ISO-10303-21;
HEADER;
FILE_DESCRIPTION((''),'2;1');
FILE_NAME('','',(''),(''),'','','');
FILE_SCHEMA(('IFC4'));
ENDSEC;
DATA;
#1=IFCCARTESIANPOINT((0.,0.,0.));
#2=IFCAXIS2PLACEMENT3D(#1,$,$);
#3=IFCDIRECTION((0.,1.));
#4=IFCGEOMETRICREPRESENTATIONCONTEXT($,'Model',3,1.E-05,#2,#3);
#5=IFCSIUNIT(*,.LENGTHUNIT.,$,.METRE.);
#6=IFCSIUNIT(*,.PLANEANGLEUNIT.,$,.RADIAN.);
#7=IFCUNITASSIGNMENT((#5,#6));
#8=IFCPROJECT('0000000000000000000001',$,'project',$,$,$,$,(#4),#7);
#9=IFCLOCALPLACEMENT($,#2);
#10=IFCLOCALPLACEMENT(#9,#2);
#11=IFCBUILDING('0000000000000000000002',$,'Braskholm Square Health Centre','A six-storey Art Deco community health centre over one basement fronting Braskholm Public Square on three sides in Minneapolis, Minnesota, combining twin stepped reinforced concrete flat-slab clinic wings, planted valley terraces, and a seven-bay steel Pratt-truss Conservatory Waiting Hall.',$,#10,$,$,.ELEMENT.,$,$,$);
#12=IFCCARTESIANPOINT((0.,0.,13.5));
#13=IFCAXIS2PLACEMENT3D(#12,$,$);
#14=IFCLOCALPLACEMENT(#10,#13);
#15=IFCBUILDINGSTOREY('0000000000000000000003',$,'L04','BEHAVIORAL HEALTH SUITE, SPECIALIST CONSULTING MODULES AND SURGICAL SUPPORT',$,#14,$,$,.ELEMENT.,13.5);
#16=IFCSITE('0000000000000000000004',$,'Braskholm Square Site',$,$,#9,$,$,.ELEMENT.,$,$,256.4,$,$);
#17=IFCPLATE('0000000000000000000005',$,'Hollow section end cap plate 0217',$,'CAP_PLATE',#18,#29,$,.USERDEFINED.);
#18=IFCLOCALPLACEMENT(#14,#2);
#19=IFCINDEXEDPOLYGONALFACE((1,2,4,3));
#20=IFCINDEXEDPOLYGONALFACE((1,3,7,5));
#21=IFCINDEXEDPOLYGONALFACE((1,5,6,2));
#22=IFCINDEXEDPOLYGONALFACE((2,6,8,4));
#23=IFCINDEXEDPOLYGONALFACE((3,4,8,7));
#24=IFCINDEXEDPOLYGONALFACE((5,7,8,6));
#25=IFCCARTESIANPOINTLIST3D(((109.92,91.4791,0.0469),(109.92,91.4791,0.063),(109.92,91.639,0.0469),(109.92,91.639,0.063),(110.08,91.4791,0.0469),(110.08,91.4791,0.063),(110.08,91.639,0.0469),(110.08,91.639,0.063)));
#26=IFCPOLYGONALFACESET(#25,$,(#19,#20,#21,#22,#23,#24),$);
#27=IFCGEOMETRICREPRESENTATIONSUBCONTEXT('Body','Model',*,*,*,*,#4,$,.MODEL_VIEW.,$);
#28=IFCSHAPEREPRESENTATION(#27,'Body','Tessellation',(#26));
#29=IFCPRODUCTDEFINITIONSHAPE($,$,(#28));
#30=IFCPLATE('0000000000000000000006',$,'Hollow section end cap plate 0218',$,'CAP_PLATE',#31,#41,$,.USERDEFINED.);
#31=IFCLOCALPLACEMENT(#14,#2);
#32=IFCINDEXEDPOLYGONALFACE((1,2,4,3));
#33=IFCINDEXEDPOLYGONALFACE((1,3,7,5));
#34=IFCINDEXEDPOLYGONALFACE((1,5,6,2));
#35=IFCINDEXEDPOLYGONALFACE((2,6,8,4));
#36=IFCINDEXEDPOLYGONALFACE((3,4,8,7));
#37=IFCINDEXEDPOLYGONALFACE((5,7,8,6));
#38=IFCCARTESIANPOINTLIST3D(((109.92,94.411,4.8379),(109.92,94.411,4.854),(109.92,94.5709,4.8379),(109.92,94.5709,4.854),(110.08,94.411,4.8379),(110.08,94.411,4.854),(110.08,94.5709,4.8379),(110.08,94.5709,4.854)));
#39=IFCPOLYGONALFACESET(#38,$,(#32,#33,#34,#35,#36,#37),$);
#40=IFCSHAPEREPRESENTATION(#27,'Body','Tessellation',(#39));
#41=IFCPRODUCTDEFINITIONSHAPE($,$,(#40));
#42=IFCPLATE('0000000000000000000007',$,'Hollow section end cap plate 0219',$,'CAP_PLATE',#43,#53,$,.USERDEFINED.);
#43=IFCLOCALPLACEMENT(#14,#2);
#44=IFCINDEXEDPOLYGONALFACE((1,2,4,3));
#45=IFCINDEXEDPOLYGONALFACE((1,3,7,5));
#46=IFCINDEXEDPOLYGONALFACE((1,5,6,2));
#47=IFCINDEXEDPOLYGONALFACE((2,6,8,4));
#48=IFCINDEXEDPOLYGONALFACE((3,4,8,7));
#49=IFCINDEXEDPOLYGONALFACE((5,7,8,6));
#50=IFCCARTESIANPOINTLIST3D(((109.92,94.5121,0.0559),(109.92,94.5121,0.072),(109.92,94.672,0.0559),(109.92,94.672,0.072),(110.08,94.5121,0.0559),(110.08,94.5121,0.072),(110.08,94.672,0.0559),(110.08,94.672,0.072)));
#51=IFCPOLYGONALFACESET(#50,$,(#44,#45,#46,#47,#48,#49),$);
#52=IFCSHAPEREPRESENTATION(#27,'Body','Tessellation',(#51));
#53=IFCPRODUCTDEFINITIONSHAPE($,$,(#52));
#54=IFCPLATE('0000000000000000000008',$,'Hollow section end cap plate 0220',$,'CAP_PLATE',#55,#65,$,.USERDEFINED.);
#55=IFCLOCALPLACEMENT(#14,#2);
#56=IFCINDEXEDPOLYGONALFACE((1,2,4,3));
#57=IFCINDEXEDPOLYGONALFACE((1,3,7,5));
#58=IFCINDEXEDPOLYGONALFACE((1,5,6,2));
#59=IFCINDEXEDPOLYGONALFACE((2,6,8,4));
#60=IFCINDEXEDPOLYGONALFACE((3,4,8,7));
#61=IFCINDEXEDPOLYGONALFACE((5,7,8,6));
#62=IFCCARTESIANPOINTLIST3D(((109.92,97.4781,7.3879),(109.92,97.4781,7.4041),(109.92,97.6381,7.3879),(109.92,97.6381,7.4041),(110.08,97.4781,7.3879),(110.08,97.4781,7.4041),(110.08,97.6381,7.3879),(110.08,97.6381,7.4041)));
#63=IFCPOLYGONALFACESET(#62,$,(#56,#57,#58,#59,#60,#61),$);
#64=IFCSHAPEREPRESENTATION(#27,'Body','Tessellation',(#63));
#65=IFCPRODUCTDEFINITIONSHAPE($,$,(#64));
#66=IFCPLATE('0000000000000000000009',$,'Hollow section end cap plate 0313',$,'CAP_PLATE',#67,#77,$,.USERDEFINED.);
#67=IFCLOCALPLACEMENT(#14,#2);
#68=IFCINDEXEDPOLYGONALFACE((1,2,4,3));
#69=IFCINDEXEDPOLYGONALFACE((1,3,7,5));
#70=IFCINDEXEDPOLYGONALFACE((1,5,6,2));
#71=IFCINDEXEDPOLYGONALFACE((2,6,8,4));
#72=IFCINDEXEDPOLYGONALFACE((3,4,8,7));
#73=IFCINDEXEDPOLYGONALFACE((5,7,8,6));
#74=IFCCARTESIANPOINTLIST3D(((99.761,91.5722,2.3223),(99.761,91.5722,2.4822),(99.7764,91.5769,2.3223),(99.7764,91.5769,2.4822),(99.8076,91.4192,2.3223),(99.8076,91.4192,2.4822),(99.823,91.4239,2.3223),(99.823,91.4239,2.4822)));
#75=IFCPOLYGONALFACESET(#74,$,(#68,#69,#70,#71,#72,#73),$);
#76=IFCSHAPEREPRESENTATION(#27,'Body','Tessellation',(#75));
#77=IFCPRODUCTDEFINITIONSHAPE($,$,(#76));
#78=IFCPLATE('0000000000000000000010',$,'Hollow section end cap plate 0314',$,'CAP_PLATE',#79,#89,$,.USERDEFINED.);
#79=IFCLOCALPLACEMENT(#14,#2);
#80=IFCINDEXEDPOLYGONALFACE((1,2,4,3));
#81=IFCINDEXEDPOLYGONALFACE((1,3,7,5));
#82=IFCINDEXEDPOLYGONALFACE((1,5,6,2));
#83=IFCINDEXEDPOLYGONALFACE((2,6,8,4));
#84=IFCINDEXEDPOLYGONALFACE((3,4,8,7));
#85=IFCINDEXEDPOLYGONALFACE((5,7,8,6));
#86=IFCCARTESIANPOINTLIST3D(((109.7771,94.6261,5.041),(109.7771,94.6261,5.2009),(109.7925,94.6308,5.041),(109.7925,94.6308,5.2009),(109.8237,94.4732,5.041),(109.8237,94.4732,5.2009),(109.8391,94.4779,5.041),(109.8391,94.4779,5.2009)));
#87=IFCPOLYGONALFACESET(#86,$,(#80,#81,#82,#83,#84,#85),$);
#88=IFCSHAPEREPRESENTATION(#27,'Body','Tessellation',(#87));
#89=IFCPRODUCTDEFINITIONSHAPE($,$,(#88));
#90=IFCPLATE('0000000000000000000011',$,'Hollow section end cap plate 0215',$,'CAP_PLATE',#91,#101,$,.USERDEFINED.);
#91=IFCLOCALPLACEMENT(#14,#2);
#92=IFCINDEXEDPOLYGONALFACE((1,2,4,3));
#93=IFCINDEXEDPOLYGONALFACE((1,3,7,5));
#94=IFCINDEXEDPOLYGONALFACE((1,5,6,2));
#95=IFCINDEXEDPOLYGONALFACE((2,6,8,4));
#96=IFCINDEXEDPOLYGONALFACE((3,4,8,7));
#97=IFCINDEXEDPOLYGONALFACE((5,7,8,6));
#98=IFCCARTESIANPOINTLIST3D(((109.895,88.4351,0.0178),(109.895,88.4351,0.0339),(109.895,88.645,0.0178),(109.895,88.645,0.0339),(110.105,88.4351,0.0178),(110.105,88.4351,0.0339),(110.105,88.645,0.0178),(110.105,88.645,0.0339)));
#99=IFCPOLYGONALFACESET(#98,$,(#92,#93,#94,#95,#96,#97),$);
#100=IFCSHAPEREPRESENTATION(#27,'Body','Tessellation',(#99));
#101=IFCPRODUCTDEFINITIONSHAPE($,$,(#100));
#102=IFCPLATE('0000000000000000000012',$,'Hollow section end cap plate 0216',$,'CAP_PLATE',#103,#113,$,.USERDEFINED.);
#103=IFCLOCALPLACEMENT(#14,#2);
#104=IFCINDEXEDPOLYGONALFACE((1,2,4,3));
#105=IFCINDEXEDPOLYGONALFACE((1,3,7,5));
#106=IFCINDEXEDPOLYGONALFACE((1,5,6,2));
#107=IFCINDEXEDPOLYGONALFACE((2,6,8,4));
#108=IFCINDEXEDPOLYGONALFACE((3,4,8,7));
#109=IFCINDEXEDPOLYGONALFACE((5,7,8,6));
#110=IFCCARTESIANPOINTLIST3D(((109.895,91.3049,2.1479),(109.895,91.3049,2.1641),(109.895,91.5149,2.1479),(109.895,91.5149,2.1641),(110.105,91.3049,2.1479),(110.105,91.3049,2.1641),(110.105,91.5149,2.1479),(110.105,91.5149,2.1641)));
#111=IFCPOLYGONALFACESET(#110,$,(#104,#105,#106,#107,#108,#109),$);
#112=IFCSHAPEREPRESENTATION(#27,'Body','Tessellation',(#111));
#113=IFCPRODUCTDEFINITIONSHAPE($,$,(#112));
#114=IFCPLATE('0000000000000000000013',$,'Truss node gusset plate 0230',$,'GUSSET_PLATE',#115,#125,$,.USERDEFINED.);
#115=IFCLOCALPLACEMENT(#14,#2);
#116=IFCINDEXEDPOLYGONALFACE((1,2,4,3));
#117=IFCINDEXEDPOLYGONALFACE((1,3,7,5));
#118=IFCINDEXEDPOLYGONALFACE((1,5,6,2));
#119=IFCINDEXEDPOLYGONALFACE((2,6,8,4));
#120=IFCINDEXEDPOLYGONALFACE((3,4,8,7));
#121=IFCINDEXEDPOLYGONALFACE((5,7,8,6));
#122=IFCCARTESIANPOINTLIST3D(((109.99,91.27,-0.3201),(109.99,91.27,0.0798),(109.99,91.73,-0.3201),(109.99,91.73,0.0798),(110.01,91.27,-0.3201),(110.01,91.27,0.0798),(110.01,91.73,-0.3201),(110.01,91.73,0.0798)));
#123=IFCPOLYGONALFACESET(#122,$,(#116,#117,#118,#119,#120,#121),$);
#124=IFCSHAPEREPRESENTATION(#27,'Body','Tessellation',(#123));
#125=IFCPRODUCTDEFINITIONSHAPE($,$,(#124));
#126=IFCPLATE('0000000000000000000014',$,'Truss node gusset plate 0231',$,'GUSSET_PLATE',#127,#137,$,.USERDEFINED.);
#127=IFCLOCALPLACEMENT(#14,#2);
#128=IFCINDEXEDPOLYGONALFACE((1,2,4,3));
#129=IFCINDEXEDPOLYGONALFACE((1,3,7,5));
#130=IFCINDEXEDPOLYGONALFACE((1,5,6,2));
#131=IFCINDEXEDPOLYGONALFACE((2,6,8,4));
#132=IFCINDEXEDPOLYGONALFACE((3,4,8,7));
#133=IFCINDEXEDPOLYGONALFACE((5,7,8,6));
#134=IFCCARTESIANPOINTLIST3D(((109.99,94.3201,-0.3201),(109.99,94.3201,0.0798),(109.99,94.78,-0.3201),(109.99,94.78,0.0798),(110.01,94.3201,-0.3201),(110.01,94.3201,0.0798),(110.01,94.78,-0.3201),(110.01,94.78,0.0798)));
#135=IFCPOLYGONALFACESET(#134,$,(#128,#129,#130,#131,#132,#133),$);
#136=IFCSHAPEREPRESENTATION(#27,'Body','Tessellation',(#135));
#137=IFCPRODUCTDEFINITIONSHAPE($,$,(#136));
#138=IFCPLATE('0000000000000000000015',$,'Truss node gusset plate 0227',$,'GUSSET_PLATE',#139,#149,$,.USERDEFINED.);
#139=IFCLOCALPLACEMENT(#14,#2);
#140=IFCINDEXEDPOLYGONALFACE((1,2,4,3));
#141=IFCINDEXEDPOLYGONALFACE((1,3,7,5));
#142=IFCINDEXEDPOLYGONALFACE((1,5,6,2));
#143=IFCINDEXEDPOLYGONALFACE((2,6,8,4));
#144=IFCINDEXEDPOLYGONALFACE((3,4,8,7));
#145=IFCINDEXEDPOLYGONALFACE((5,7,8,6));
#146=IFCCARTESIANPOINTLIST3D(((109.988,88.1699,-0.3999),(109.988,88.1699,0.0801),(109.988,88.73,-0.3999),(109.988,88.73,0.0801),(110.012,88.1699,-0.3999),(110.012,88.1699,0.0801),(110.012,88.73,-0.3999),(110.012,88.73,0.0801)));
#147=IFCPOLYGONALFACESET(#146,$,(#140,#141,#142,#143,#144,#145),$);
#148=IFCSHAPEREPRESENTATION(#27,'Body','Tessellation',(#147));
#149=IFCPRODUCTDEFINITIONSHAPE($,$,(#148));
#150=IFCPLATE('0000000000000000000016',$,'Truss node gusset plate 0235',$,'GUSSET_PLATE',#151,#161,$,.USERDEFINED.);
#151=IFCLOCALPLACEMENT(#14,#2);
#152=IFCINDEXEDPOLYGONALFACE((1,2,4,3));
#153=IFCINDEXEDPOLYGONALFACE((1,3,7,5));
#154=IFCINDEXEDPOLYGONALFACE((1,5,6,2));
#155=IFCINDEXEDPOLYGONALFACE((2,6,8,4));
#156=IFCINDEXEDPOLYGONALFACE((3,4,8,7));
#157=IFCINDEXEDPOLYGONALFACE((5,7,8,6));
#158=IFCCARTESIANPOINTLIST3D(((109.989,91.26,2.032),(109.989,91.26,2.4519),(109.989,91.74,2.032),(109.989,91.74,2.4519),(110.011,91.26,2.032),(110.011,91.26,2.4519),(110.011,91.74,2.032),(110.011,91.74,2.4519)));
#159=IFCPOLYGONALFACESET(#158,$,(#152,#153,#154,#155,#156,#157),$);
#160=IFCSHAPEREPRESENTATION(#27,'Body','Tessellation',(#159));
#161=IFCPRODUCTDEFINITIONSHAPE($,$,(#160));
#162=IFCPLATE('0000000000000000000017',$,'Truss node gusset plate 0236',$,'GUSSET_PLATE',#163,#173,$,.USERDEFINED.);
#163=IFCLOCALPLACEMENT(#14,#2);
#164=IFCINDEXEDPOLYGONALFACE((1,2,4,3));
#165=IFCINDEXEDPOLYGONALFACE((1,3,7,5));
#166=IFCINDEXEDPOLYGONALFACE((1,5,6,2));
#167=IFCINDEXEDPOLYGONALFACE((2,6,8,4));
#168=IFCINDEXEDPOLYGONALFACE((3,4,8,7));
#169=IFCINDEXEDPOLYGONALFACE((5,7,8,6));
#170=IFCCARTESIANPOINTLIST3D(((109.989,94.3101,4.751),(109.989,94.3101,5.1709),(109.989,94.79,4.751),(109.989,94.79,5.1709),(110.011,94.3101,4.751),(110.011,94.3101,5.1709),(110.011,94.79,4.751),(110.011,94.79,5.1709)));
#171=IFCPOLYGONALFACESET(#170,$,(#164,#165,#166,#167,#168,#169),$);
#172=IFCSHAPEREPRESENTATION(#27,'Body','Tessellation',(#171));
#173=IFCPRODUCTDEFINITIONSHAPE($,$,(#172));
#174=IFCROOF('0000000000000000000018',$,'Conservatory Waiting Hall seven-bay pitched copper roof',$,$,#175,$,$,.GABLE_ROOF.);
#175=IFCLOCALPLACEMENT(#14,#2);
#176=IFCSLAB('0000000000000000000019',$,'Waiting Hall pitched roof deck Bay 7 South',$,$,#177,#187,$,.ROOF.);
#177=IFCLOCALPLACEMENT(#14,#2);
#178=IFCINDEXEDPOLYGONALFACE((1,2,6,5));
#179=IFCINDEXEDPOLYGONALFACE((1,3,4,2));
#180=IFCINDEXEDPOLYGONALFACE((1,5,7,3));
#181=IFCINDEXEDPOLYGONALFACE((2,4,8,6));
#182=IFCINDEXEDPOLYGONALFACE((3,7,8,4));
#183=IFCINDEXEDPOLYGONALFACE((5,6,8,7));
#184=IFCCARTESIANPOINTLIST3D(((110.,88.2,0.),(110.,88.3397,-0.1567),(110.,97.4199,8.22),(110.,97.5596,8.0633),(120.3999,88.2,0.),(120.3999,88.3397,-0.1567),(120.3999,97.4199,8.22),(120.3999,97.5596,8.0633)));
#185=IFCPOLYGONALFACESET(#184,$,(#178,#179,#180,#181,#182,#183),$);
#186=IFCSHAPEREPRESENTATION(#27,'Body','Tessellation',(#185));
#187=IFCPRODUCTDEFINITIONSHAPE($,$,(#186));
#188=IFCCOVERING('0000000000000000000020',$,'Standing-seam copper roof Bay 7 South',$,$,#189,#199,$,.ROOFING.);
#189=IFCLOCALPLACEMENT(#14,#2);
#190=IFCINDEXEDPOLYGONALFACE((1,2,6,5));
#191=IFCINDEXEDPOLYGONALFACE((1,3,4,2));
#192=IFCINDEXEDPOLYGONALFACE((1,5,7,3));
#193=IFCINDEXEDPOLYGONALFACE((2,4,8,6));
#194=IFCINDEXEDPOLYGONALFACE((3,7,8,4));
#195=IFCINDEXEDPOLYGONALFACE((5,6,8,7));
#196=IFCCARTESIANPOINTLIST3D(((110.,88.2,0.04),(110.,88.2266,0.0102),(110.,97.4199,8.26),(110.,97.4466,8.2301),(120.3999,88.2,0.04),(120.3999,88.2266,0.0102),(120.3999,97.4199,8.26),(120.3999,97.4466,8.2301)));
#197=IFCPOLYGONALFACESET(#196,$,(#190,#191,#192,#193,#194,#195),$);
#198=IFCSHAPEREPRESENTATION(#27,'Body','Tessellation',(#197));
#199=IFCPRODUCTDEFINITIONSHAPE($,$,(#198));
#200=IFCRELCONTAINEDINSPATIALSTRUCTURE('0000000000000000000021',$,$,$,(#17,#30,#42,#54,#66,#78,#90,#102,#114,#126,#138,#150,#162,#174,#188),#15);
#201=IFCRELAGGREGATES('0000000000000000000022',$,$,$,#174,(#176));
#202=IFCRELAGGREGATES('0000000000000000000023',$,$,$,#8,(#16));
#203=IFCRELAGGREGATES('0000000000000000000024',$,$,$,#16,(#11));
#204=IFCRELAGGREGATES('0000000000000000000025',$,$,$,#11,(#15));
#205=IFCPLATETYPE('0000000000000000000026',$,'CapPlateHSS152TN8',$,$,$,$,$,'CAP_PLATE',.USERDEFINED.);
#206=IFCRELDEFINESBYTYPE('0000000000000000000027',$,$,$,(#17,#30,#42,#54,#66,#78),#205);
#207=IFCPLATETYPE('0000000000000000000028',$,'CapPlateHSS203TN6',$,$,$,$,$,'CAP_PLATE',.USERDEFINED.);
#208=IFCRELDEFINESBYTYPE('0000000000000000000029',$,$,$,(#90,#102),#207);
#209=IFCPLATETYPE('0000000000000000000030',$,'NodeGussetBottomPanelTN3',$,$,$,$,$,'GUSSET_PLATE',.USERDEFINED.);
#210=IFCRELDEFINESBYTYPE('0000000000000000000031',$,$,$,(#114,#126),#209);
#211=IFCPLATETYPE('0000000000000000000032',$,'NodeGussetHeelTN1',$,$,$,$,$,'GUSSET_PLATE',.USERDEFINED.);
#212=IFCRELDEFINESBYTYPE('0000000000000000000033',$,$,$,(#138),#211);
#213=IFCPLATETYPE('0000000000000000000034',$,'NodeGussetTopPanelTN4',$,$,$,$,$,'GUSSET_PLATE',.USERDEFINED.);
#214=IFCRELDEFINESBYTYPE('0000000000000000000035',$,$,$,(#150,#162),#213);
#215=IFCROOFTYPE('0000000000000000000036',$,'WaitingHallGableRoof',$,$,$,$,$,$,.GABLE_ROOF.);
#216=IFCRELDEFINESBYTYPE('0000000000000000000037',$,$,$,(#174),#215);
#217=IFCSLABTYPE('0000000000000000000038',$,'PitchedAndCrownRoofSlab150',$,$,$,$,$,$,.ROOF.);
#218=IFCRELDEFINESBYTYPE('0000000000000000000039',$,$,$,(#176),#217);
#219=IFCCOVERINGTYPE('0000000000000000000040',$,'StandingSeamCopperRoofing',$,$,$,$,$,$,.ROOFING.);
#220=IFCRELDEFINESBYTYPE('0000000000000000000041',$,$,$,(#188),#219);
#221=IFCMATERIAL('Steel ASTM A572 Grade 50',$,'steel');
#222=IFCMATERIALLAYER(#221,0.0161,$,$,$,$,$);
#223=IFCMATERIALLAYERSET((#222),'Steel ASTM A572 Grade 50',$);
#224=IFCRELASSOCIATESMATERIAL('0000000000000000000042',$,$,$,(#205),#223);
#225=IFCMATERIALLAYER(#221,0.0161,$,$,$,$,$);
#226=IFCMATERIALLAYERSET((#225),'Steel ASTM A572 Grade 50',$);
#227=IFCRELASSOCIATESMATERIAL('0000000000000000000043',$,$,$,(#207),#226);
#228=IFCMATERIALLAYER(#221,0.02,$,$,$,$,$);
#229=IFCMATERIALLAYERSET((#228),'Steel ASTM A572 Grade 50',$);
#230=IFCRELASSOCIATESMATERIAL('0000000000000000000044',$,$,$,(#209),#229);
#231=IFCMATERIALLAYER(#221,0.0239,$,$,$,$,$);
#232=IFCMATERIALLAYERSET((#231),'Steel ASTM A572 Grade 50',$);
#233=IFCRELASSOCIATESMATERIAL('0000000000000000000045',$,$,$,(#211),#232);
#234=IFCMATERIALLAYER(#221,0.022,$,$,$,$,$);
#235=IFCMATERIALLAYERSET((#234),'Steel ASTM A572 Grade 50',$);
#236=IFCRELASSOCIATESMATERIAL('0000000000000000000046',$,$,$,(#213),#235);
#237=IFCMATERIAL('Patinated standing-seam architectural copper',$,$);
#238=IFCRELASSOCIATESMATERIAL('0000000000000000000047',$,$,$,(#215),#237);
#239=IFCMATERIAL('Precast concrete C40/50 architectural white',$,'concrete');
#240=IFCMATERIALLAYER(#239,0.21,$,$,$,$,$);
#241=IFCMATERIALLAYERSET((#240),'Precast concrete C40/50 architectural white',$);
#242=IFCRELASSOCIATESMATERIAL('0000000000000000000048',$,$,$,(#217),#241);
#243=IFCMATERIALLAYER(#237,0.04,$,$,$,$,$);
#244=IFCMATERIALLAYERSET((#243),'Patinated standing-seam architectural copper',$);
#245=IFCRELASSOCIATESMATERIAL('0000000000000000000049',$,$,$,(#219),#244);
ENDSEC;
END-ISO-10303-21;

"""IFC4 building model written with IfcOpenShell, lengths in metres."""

from ifc_helpers import new_model, si_unit, direction, frame, origin, origin_2d, place, context, subcontext, project, spatial, polyline, rectangle, outline, extrude, material, layer, layer_set, type_object, element, aggregate, save


model = new_model("IFC4")

# Units and contexts
model_context = context("Model", 3, precision=1e-05, world=origin(), true_north=direction((0.0, 1.0)))
body_context = subcontext(model_context, "Body", "Model", "MODEL_VIEW")
ifc_project = project(units=[si_unit("LENGTHUNIT", "METRE"), si_unit("PLANEANGLEUNIT", "RADIAN")], contexts=[model_context])

# Site, building, storey
site_placement = place(None, origin())
site = spatial("IfcSite", under=ifc_project, at=site_placement, Name="Braskholm Square Site", CompositionType="ELEMENT", RefElevation=256.4)
building_placement = place(site_placement, origin())
building = spatial("IfcBuilding", under=site, at=building_placement, Name="Braskholm Square Health Centre", Description="A six-storey Art Deco community health centre over one basement fronting Braskholm Public Square on three sides in Minneapolis, Minnesota, combining twin stepped reinforced concrete flat-slab clinic wings, planted valley terraces, and a seven-bay steel Pratt-truss Conservatory Waiting Hall.", CompositionType="ELEMENT")
storey_placement = place(building_placement, frame((0.0, 0.0, 13.5)))
storey = spatial("IfcBuildingStorey", under=building, at=storey_placement, Name="L04", Description="BEHAVIORAL HEALTH SUITE, SPECIALIST CONSULTING MODULES AND SURGICAL SUPPORT", CompositionType="ELEMENT", Elevation=13.5)

# Plates
ifc_material_1 = material(Name="Steel ASTM A572 Grade 50", Category="steel")
ifc_layer_1 = layer(ifc_material_1, 0.0161)
ifc_layer_set_1 = layer_set([ifc_layer_1], Name="Steel ASTM A572 Grade 50")
plate_type_1 = type_object("IfcPlateType", Name="CapPlateHSS152TN8", ElementType="CAP_PLATE", PredefinedType="USERDEFINED", material=ifc_layer_set_1)
for number, where, z_axis, x_axis, name in (
    (1, (110.0, 91.5591, 0.0469), (0.0, 0.0, 1.0), (1.0, 0.0, 0.0), "Hollow section end cap plate 0217"),
    (2, (110.0, 94.491, 4.8379), (0.0, 0.0, 1.0), (1.0, 0.0, 0.0), "Hollow section end cap plate 0218"),
    (3, (110.0, 94.592, 0.0559), (0.0, 0.0, 1.0), (1.0, 0.0, 0.0), "Hollow section end cap plate 0219"),
    (4, (110.0, 97.5581, 7.3879), (0.0, 0.0, 1.0), (1.0, 0.0, 0.0), "Hollow section end cap plate 0220"),
):
    element("IfcPlate", number, at=place(storey_placement, frame(where, z_axis=z_axis, x_axis=x_axis)), inside=storey, type_object=plate_type_1, Name=name, ObjectType="CAP_PLATE", PredefinedType="USERDEFINED", context=body_context, shape_type="SweptSolid", body=[
        extrude(rectangle(XDim=0.1599, YDim=0.1599, at=origin_2d()), origin(), (0.0, 0.0, 1.0), 0.0161),
    ])
for number, where, z_axis, x_axis, name in (
    (5, (99.792, 91.498, 2.3223), (0.0, 0.0, 1.0), (0.956498, 0.291737, 0.0), "Hollow section end cap plate 0313"),
    (6, (109.8081, 94.552, 5.041), (0.0, 0.0, 1.0), (0.956498, 0.291737, 0.0), "Hollow section end cap plate 0314"),
):
    element("IfcPlate", number, at=place(storey_placement, frame(where, z_axis=z_axis, x_axis=x_axis)), inside=storey, type_object=plate_type_1, Name=name, ObjectType="CAP_PLATE", PredefinedType="USERDEFINED", context=body_context, shape_type="SweptSolid", body=[
        extrude(rectangle(XDim=0.0161, YDim=0.1599, at=origin_2d()), origin(), (0.0, 0.0, 1.0), 0.1599),
    ])
ifc_layer_2 = layer(ifc_material_1, 0.0161)
ifc_layer_set_2 = layer_set([ifc_layer_2], Name="Steel ASTM A572 Grade 50")
plate_type_2 = type_object("IfcPlateType", Name="CapPlateHSS203TN6", ElementType="CAP_PLATE", PredefinedType="USERDEFINED", material=ifc_layer_set_2)
for number, where, z_axis, x_axis, name in (
    (7, (110.0, 88.54, 0.0178), (0.0, 0.0, 1.0), (1.0, 0.0, 0.0), "Hollow section end cap plate 0215"),
    (8, (110.0, 91.4099, 2.1479), (0.0, 0.0, 1.0), (1.0, 0.0, 0.0), "Hollow section end cap plate 0216"),
):
    element("IfcPlate", number, at=place(storey_placement, frame(where, z_axis=z_axis, x_axis=x_axis)), inside=storey, type_object=plate_type_2, Name=name, ObjectType="CAP_PLATE", PredefinedType="USERDEFINED", context=body_context, shape_type="SweptSolid", body=[
        extrude(rectangle(XDim=0.21, YDim=0.21, at=origin_2d()), origin(), (0.0, 0.0, 1.0), 0.0161),
    ])
ifc_layer_3 = layer(ifc_material_1, 0.02)
ifc_layer_set_3 = layer_set([ifc_layer_3], Name="Steel ASTM A572 Grade 50")
plate_type_3 = type_object("IfcPlateType", Name="NodeGussetBottomPanelTN3", ElementType="GUSSET_PLATE", PredefinedType="USERDEFINED", material=ifc_layer_set_3)
for number, where, z_axis, x_axis, name in (
    (9, (110.0, 91.5, -0.3201), (0.0, 0.0, 1.0), (1.0, 0.0, 0.0), "Truss node gusset plate 0230"),
    (10, (110.0, 94.55, -0.3201), (0.0, 0.0, 1.0), (1.0, 0.0, 0.0), "Truss node gusset plate 0231"),
):
    element("IfcPlate", number, at=place(storey_placement, frame(where, z_axis=z_axis, x_axis=x_axis)), inside=storey, type_object=plate_type_3, Name=name, ObjectType="GUSSET_PLATE", PredefinedType="USERDEFINED", context=body_context, shape_type="SweptSolid", body=[
        extrude(rectangle(XDim=0.02, YDim=0.46, at=origin_2d()), origin(), (0.0, 0.0, 1.0), 0.3999),
    ])
ifc_layer_4 = layer(ifc_material_1, 0.0239)
ifc_layer_set_4 = layer_set([ifc_layer_4], Name="Steel ASTM A572 Grade 50")
plate_type_4 = type_object("IfcPlateType", Name="NodeGussetHeelTN1", ElementType="GUSSET_PLATE", PredefinedType="USERDEFINED", material=ifc_layer_set_4)
plate_placement = place(storey_placement, frame((110.0, 88.45, -0.3999), z_axis=(0.0, 0.0, 1.0), x_axis=(1.0, 0.0, 0.0)))
element("IfcPlate", 11, at=plate_placement, inside=storey, type_object=plate_type_4, Name="Truss node gusset plate 0227", ObjectType="GUSSET_PLATE", PredefinedType="USERDEFINED", context=body_context, shape_type="SweptSolid", body=[
    extrude(rectangle(XDim=0.0239, YDim=0.5601, at=origin_2d()), origin(), (0.0, 0.0, 1.0), 0.48),
])
ifc_layer_5 = layer(ifc_material_1, 0.022)
ifc_layer_set_5 = layer_set([ifc_layer_5], Name="Steel ASTM A572 Grade 50")
plate_type_5 = type_object("IfcPlateType", Name="NodeGussetTopPanelTN4", ElementType="GUSSET_PLATE", PredefinedType="USERDEFINED", material=ifc_layer_set_5)
for number, where, z_axis, x_axis, name in (
    (12, (110.0, 91.5, 2.032), (0.0, 0.0, 1.0), (1.0, 0.0, 0.0), "Truss node gusset plate 0235"),
    (13, (110.0, 94.55, 4.751), (0.0, 0.0, 1.0), (1.0, 0.0, 0.0), "Truss node gusset plate 0236"),
):
    element("IfcPlate", number, at=place(storey_placement, frame(where, z_axis=z_axis, x_axis=x_axis)), inside=storey, type_object=plate_type_5, Name=name, ObjectType="GUSSET_PLATE", PredefinedType="USERDEFINED", context=body_context, shape_type="SweptSolid", body=[
        extrude(rectangle(XDim=0.022, YDim=0.48, at=origin_2d()), origin(), (0.0, 0.0, 1.0), 0.4199),
    ])

# Roof, slab
ifc_material_2 = material(Name="Patinated standing-seam architectural copper")
roof_type = type_object("IfcRoofType", Name="WaitingHallGableRoof", PredefinedType="GABLE_ROOF", material=ifc_material_2)
roof_placement = place(storey_placement, origin())
roof = element("IfcRoof", 14, at=roof_placement, inside=storey, type_object=roof_type, Name="Conservatory Waiting Hall seven-bay pitched copper roof", PredefinedType="GABLE_ROOF")
ifc_material_3 = material(Name="Precast concrete C40/50 architectural white", Category="concrete")
ifc_layer_6 = layer(ifc_material_3, 0.21)
ifc_layer_set_6 = layer_set([ifc_layer_6], Name="Precast concrete C40/50 architectural white")
slab_type = type_object("IfcSlabType", Name="PitchedAndCrownRoofSlab150", PredefinedType="ROOF", material=ifc_layer_set_6)
slab_placement = place(storey_placement, frame((110.0, 88.2, 0.0), z_axis=(0.0, -0.665468, 0.746426), x_axis=(1.0, 0.0, 0.0)))
slab = element("IfcSlab", 15, at=slab_placement, type_object=slab_type, Name="Waiting Hall pitched roof deck Bay 7 South", PredefinedType="ROOF", context=body_context, shape_type="SweptSolid", body=[
    extrude(outline(polyline([(0.0, 0.0), (10.3999, 0.0), (10.3999, 12.3522), (0.0, 12.3522), (0.0, 0.0)])), origin(), (0.0, 0.0, -1.0), 0.21),
])
aggregate(roof, [slab])

# Covering
ifc_layer_7 = layer(ifc_material_2, 0.04)
ifc_layer_set_7 = layer_set([ifc_layer_7], Name="Patinated standing-seam architectural copper")
covering_type = type_object("IfcCoveringType", Name="StandingSeamCopperRoofing", PredefinedType="ROOFING", material=ifc_layer_set_7)
covering_placement = place(storey_placement, frame((110.0, 88.2, 0.04), z_axis=(0.0, -0.665468, 0.746426), x_axis=(1.0, 0.0, 0.0)))
element("IfcCovering", 16, at=covering_placement, inside=storey, type_object=covering_type, Name="Standing-seam copper roof Bay 7 South", PredefinedType="ROOFING", context=body_context, shape_type="SweptSolid", body=[
    extrude(outline(polyline([(0.0, 0.0), (10.3999, 0.0), (10.3999, 12.3522), (0.0, 12.3522), (0.0, 0.0)])), origin(), (0.0, 0.0, -1.0), 0.04),
])

save(model, "model.ifc")
